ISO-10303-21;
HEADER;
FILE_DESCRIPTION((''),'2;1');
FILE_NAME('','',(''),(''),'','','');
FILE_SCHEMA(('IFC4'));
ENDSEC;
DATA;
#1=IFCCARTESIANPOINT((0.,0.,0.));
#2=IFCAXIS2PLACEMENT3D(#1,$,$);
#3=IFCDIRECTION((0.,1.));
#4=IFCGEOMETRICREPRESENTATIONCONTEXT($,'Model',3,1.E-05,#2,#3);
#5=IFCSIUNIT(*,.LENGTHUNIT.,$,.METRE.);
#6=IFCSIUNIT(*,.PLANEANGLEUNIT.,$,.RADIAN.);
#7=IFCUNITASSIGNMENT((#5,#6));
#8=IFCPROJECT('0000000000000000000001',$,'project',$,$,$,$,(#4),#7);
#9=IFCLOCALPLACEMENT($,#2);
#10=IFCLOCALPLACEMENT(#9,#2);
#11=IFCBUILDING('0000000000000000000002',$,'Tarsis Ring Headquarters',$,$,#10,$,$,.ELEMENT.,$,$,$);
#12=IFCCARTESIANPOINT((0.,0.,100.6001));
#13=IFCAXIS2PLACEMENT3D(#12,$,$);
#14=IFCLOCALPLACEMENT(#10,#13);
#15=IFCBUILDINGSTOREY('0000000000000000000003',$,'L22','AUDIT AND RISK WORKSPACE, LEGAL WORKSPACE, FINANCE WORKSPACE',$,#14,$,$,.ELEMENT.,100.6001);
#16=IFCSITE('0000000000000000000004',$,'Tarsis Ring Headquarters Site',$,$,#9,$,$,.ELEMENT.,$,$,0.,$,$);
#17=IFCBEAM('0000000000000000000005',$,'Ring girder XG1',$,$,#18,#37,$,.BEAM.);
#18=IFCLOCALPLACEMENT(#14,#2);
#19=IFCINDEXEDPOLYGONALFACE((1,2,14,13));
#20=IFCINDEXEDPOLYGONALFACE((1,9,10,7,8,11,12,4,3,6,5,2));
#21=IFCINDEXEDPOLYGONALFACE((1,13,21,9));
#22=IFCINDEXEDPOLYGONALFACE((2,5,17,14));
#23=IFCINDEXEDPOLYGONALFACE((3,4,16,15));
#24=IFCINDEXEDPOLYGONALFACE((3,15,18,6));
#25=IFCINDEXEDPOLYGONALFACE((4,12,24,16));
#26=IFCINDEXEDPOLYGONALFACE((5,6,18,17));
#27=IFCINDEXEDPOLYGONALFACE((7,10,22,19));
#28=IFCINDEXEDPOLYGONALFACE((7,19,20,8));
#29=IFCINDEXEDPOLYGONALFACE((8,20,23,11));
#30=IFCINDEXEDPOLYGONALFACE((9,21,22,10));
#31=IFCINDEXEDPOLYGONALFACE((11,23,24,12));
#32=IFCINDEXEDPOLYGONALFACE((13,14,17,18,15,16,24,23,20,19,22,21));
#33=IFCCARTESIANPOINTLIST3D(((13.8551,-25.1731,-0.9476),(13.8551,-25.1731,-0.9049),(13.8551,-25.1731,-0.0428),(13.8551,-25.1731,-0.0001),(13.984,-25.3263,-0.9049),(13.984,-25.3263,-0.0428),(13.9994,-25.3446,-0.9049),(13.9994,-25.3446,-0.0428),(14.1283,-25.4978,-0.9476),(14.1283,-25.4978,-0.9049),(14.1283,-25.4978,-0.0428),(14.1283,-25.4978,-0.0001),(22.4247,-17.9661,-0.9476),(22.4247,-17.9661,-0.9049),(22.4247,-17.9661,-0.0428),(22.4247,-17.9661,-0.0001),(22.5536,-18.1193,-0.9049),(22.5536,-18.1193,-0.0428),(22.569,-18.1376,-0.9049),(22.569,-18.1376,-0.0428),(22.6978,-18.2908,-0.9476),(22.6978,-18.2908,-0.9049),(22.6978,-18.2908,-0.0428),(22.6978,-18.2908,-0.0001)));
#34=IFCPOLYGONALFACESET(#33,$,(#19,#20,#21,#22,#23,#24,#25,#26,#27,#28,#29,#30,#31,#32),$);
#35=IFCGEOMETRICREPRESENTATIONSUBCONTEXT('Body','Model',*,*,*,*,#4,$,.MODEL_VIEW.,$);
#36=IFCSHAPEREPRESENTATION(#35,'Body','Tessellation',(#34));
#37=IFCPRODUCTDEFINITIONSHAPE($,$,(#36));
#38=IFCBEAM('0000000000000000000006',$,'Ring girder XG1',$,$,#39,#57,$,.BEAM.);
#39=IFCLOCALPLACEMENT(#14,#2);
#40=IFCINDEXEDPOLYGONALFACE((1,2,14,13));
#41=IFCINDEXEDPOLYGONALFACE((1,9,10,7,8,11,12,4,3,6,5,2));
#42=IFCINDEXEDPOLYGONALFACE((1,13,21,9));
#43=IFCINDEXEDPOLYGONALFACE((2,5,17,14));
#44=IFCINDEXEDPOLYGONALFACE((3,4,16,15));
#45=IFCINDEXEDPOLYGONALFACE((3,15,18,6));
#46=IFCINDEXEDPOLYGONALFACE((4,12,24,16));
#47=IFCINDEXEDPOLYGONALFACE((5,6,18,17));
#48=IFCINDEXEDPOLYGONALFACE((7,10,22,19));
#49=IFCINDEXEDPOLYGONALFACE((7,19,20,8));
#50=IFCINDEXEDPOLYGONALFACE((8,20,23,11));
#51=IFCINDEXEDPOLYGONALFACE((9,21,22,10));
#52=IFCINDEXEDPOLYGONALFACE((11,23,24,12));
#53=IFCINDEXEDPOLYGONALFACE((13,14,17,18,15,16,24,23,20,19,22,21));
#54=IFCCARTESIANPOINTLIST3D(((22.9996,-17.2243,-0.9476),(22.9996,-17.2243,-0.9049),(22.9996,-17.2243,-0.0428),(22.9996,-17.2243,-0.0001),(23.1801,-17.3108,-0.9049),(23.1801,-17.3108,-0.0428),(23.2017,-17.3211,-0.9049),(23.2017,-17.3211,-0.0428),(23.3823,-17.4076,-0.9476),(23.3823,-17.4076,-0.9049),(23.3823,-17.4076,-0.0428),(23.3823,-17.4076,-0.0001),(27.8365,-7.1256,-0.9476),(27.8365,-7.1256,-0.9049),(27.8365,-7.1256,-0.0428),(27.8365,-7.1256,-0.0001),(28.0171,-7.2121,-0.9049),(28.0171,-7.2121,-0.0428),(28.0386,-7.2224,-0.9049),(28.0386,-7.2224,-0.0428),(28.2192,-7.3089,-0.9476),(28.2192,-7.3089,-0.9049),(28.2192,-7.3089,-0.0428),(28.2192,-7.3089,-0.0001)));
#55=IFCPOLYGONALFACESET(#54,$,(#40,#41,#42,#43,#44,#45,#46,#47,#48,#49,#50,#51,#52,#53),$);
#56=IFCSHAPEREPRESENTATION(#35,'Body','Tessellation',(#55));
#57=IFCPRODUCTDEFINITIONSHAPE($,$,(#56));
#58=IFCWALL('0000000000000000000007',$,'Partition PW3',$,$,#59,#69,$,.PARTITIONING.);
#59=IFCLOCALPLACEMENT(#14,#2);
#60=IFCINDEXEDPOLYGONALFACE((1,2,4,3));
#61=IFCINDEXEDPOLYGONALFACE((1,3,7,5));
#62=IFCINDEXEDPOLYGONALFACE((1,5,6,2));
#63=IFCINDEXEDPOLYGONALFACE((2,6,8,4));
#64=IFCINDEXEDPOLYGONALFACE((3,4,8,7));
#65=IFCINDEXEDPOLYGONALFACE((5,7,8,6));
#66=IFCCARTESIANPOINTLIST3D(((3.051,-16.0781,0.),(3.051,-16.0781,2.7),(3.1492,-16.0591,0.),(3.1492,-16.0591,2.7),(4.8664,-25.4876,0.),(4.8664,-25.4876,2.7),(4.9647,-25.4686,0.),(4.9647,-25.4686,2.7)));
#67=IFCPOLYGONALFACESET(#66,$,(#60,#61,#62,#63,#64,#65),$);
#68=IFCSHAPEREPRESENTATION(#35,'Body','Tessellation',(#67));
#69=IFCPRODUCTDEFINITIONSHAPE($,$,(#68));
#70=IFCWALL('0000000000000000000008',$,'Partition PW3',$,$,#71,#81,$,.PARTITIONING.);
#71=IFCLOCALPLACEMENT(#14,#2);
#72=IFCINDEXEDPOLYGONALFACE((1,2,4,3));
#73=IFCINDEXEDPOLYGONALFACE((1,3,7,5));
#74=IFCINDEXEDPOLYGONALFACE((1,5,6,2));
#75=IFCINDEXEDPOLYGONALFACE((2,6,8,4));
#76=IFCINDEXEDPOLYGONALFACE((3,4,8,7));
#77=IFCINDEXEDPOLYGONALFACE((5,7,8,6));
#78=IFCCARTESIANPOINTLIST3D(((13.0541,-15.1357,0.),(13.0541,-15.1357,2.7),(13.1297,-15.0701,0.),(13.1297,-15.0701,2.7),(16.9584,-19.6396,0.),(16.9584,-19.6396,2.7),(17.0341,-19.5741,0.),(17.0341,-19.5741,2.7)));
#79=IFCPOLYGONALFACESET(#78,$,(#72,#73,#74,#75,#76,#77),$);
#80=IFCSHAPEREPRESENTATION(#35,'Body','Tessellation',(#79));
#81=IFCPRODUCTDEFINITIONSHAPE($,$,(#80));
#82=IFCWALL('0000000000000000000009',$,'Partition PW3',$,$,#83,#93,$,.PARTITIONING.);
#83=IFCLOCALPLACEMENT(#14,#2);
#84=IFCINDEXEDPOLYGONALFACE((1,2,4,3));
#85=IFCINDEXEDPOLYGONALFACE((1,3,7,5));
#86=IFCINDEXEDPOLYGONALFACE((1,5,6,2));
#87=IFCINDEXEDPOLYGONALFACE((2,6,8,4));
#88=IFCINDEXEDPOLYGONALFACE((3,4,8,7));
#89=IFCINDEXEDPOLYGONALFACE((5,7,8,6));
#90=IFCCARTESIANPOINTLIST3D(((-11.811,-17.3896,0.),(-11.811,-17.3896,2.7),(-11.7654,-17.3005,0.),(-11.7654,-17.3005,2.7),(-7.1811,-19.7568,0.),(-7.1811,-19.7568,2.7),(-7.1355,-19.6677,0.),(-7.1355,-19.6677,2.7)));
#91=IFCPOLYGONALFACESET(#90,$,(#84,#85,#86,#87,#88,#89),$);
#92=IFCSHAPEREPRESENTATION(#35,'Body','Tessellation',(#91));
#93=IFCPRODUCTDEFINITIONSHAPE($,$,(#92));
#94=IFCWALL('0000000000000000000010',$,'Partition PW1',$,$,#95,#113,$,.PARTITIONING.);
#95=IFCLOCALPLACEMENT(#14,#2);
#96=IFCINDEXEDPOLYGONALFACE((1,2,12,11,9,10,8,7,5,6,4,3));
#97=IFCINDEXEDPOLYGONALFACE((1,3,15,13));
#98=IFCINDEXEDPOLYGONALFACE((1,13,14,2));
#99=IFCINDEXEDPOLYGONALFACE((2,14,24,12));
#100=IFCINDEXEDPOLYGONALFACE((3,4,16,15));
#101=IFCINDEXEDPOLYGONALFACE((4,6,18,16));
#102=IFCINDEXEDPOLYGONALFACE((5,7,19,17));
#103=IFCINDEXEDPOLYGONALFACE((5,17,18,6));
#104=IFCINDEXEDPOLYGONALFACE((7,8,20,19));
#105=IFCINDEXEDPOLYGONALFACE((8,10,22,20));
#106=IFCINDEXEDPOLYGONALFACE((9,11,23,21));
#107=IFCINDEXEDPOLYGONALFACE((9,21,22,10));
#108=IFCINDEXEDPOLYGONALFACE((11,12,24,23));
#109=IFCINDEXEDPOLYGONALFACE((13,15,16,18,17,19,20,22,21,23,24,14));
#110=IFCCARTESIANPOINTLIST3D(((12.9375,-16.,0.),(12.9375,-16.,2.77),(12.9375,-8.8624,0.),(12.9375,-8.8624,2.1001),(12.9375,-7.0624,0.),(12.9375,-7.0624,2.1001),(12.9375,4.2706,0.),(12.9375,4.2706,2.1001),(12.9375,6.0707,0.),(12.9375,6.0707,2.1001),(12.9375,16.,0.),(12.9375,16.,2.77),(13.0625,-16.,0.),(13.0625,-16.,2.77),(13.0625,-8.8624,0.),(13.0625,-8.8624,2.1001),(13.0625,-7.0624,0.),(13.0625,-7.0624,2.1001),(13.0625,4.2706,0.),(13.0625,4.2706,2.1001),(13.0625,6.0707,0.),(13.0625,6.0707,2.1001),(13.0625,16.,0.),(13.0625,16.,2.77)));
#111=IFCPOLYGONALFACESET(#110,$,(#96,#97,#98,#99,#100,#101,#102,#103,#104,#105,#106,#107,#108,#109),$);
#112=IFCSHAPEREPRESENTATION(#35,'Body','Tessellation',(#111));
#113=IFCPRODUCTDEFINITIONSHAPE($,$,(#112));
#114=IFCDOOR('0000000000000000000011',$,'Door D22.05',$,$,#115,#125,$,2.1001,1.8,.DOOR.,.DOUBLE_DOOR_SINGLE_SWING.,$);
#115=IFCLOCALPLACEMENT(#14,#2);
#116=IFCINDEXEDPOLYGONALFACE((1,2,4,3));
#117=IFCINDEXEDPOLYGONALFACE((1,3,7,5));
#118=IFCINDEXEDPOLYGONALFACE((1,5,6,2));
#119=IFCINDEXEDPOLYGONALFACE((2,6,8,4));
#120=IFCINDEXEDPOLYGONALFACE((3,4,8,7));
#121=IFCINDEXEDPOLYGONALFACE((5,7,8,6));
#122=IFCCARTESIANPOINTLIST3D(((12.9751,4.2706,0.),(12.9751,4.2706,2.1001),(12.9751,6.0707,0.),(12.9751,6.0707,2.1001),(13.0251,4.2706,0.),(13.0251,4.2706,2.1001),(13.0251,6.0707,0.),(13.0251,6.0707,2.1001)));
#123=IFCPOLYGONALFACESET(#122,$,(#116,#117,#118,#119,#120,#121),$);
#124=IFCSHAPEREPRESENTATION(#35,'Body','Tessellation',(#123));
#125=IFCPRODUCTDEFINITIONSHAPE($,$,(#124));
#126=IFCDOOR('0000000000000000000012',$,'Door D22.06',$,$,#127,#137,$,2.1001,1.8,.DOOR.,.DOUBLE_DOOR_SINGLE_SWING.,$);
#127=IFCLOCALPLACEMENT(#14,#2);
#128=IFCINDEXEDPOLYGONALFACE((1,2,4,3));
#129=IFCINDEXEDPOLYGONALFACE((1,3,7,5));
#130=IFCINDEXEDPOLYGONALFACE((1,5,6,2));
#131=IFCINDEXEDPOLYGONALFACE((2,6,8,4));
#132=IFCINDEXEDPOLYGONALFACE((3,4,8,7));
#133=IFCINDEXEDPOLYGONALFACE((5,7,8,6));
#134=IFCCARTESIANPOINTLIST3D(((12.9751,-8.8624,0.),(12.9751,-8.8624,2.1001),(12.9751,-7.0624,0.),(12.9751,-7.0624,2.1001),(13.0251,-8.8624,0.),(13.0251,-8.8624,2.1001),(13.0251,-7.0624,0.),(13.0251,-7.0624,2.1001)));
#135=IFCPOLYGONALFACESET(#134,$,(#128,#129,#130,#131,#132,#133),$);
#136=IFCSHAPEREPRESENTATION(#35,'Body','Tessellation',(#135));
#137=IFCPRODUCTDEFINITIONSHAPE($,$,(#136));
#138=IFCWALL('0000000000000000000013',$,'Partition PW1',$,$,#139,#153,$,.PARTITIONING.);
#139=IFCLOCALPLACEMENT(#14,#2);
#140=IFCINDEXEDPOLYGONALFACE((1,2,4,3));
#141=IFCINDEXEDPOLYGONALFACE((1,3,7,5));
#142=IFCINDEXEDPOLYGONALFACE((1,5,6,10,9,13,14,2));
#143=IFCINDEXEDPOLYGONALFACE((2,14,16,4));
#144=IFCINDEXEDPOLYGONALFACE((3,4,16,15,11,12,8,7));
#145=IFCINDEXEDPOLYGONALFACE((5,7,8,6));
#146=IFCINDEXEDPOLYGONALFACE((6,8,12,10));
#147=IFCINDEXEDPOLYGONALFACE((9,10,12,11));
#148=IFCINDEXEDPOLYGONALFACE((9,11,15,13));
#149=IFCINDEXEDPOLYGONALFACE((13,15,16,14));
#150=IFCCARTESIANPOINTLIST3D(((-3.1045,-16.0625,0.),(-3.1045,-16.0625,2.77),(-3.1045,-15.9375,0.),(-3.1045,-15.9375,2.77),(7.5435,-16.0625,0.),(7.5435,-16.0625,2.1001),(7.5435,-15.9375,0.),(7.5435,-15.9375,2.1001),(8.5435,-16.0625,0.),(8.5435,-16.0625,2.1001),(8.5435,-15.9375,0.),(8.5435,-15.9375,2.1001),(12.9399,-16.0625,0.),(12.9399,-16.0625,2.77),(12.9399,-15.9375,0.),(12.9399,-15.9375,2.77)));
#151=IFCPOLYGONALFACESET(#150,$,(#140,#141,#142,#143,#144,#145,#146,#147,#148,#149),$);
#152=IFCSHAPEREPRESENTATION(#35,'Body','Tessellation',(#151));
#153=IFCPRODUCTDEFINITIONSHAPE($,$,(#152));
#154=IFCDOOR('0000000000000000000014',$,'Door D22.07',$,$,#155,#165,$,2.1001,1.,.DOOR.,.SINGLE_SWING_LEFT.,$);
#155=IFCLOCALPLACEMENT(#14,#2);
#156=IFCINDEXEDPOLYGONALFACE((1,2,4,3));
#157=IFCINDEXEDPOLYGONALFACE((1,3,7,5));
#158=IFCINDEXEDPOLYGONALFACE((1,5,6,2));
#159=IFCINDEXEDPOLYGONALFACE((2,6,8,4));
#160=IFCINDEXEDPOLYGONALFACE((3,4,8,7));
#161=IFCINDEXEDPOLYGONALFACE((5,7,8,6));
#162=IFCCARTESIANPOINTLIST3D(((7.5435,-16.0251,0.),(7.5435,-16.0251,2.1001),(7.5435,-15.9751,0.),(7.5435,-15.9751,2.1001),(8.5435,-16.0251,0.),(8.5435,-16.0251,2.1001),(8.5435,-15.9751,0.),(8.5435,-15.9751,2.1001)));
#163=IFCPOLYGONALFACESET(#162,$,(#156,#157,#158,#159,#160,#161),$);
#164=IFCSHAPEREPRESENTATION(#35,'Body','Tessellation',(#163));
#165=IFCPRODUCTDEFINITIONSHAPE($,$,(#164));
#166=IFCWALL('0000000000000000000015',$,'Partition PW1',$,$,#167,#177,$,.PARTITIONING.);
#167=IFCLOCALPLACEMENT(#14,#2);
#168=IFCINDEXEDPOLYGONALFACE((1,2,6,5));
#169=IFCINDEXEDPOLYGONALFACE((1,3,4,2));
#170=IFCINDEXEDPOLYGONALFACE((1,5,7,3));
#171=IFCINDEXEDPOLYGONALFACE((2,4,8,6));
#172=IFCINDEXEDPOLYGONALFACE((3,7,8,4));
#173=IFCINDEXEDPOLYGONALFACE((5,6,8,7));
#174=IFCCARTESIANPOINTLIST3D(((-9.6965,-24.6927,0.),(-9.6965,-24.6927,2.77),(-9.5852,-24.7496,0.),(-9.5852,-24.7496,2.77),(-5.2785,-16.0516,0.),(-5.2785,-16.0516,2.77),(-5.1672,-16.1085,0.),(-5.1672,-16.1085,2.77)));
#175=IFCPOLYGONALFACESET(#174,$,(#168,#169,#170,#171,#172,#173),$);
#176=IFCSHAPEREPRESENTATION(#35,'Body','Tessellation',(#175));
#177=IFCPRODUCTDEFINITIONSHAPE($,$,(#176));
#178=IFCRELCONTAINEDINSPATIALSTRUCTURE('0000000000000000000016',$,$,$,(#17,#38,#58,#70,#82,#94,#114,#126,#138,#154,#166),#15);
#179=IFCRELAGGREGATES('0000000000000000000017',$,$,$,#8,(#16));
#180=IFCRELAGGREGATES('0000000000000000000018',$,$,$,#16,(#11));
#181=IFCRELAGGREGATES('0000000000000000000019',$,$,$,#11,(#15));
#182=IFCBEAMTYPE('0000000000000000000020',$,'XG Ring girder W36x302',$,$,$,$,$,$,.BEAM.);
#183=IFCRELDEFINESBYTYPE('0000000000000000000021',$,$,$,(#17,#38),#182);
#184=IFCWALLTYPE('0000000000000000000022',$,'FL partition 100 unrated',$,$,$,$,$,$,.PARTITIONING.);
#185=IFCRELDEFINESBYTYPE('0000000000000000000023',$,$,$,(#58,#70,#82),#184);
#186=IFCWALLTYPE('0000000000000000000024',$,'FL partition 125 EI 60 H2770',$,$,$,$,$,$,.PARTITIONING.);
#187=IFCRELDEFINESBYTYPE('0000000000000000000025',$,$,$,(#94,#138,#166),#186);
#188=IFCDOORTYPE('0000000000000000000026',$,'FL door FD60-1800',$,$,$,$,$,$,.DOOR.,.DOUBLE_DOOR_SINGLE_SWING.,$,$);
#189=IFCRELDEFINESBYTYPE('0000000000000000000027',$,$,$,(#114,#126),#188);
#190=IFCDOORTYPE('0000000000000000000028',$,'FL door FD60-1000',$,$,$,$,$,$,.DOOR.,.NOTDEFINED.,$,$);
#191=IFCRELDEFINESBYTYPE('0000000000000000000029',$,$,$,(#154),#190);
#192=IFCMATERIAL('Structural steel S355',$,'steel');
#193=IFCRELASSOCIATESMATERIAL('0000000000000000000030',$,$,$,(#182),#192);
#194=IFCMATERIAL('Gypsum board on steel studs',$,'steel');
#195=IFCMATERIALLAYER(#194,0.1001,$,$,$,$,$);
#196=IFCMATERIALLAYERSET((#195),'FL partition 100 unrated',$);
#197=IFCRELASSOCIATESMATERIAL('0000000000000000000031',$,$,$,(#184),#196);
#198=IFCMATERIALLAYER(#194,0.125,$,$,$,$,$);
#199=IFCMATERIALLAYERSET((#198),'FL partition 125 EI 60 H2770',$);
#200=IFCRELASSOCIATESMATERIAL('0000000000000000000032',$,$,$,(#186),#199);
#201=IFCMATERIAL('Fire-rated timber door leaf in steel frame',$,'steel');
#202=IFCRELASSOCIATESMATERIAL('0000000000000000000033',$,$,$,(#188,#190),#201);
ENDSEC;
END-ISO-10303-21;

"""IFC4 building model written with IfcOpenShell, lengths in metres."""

from ifc_helpers import new_model, si_unit, direction, frame, frame_2d, origin, origin_2d, place, context, subcontext, project, spatial, rectangle, i_section, extrude, material, layer, layer_set, material_profile, profile_set, type_object, element, fill, save


model = new_model("IFC4")

# Units and contexts
model_context = context("Model", 3, precision=1e-05, world=origin(), true_north=direction((0.0, 1.0)))
body_context = subcontext(model_context, "Body", "Model", "MODEL_VIEW")
ifc_project = project(units=[si_unit("LENGTHUNIT", "METRE"), si_unit("PLANEANGLEUNIT", "RADIAN")], contexts=[model_context])

# Site, building, storey
site_placement = place(None, origin())
site = spatial("IfcSite", under=ifc_project, at=site_placement, Name="Tarsis Ring Headquarters Site", CompositionType="ELEMENT", RefElevation=0.0)
building_placement = place(site_placement, origin())
building = spatial("IfcBuilding", under=site, at=building_placement, Name="Tarsis Ring Headquarters", CompositionType="ELEMENT")
storey_placement = place(building_placement, frame((0.0, 0.0, 100.6001)))
storey = spatial("IfcBuildingStorey", under=building, at=storey_placement, Name="L22", Description="AUDIT AND RISK WORKSPACE, LEGAL WORKSPACE, FINANCE WORKSPACE", CompositionType="ELEMENT", Elevation=100.6001)

# Shared definitions
ifc_material_1 = material(Name="Structural steel S355", Category="steel")

# Beams
ifc_material_profile_1 = material_profile(ifc_material_1, i_section(OverallWidth=0.4243, OverallDepth=0.9475, WebThickness=0.0239, FlangeThickness=0.0427, at=origin_2d()), Name="W36x302")
ifc_profile_set_1 = profile_set([ifc_material_profile_1], Name="Structural steel S355")
beam_type = type_object("IfcBeamType", Name="XG Ring girder W36x302", PredefinedType="BEAM", material=ifc_profile_set_1)
for number, where, z_axis, x_axis, name in (
    (1, (13.9917, -25.3354, -0.4739), (0.765327, 0.643641, 0.0), (-0.643641, 0.765327, 0.0), "Ring girder XG1"),
    (2, (23.1909, -17.3159, -0.4739), (0.431974, 0.901886, 0.0), (-0.901886, 0.431974, 0.0), "Ring girder XG1"),
):
    element("IfcBeam", number, at=place(storey_placement, frame(where, z_axis=z_axis, x_axis=x_axis)), inside=storey, type_object=beam_type, Name=name, PredefinedType="BEAM", context=body_context, shape_type="SweptSolid", body=[
        extrude(i_section(OverallWidth=0.4243, OverallDepth=0.9475, WebThickness=0.0239, FlangeThickness=0.0427, at=origin_2d()), origin(), (0.0, 0.0, 1.0), 11.1973),
    ])

# Walls
ifc_material_2 = material(Name="Gypsum board on steel studs", Category="steel")
ifc_layer_1 = layer(ifc_material_2, 0.1001)
ifc_layer_set_1 = layer_set([ifc_layer_1], Name="FL partition 100 unrated")
wall_type_1 = type_object("IfcWallType", Name="FL partition 100 unrated", PredefinedType="PARTITIONING", material=ifc_layer_set_1)
wall_1_placement = place(storey_placement, frame((3.1001, -16.0686, 0.0), z_axis=(0.0, 0.0, 1.0), x_axis=(0.189444, -0.981892, 0.0)))
element("IfcWall", 3, at=wall_1_placement, inside=storey, type_object=wall_type_1, Name="Partition PW3", PredefinedType="PARTITIONING", context=body_context, shape_type="SweptSolid", body=[
    extrude(rectangle(XDim=9.583, YDim=0.1001, at=frame_2d((4.7915, 0.0))), origin(), (0.0, 0.0, 1.0), 2.7),
])
wall_2_placement = place(storey_placement, frame((13.0918, -15.1028, 0.0), z_axis=(0.0, 0.0, 1.0), x_axis=(0.655018, -0.755613, 0.0)))
element("IfcWall", 4, at=wall_2_placement, inside=storey, type_object=wall_type_1, Name="Partition PW3", PredefinedType="PARTITIONING", context=body_context, shape_type="SweptSolid", body=[
    extrude(rectangle(XDim=5.9607, YDim=0.1001, at=frame_2d((2.9805, 0.0))), origin(), (0.0, 0.0, 1.0), 2.7),
])
wall_3_placement = place(storey_placement, frame((-11.7883, -17.345, 0.0), z_axis=(0.0, 0.0, 1.0), x_axis=(0.890372, -0.455233, 0.0)))
element("IfcWall", 5, at=wall_3_placement, inside=storey, type_object=wall_type_1, Name="Partition PW3", PredefinedType="PARTITIONING", context=body_context, shape_type="SweptSolid", body=[
    extrude(rectangle(XDim=5.2, YDim=0.1001, at=frame_2d((2.6001, 0.0))), origin(), (0.0, 0.0, 1.0), 2.7),
])

# Wall, openings, doors
ifc_layer_2 = layer(ifc_material_2, 0.125)
ifc_layer_set_2 = layer_set([ifc_layer_2], Name="FL partition 125 EI 60 H2770")
wall_type_2 = type_object("IfcWallType", Name="FL partition 125 EI 60 H2770", PredefinedType="PARTITIONING", material=ifc_layer_set_2)
wall_4_placement = place(storey_placement, frame((13.0, -16.0, 0.0), z_axis=(0.0, 0.0, 1.0), x_axis=(0.0, 1.0, 0.0)))
wall_4 = element("IfcWall", 6, at=wall_4_placement, inside=storey, type_object=wall_type_2, Name="Partition PW1", PredefinedType="PARTITIONING", context=body_context, shape_type="SweptSolid", body=[
    extrude(rectangle(XDim=32.0, YDim=0.125, at=frame_2d((16.0, 0.0))), origin(), (0.0, 0.0, 1.0), 2.77),
])
opening_1_placement = place(wall_4_placement, frame((20.2708, 0.0, 0.0)))
opening_1 = element("IfcOpeningElement", 7, at=opening_1_placement, cuts=wall_4, PredefinedType="OPENING", context=body_context, shape_type="SweptSolid", body=[
    extrude(rectangle(XDim=1.8, YDim=2.1001, at=frame_2d((0.8999, 1.05))), frame((0.0, 0.0725, 0.0), z_axis=(0.0, -1.0, 0.0), x_axis=(1.0, 0.0, 0.0)), (0.0, 0.0, 1.0), 0.145),
])
opening_2_placement = place(wall_4_placement, frame((7.1377, 0.0, 0.0)))
opening_2 = element("IfcOpeningElement", 8, at=opening_2_placement, cuts=wall_4, PredefinedType="OPENING", context=body_context, shape_type="SweptSolid", body=[
    extrude(rectangle(XDim=1.8, YDim=2.1001, at=frame_2d((0.8999, 1.05))), frame((0.0, 0.0725, 0.0), z_axis=(0.0, -1.0, 0.0), x_axis=(1.0, 0.0, 0.0)), (0.0, 0.0, 1.0), 0.145),
])
ifc_material_3 = material(Name="Fire-rated timber door leaf in steel frame", Category="steel")
door_type_1 = type_object("IfcDoorType", Name="FL door FD60-1800", OperationType="DOUBLE_DOOR_SINGLE_SWING", PredefinedType="DOOR", material=ifc_material_3)
door_1_placement = place(opening_1_placement, origin())
door_1 = element("IfcDoor", 9, at=door_1_placement, inside=storey, type_object=door_type_1, Name="Door D22.05", OperationType="DOUBLE_DOOR_SINGLE_SWING", OverallHeight=2.1001, OverallWidth=1.8, PredefinedType="DOOR", context=body_context, shape_type="SweptSolid", body=[
    extrude(rectangle(XDim=1.8, YDim=2.1001, at=frame_2d((0.8999, 1.05))), frame((0.0, 0.0249, 0.0), z_axis=(0.0, -1.0, 0.0), x_axis=(1.0, 0.0, 0.0)), (0.0, 0.0, 1.0), 0.05),
])
fill(opening_1, door_1)
door_2_placement = place(opening_2_placement, origin())
door_2 = element("IfcDoor", 10, at=door_2_placement, inside=storey, type_object=door_type_1, Name="Door D22.06", OperationType="DOUBLE_DOOR_SINGLE_SWING", OverallHeight=2.1001, OverallWidth=1.8, PredefinedType="DOOR", context=body_context, shape_type="SweptSolid", body=[
    extrude(rectangle(XDim=1.8, YDim=2.1001, at=frame_2d((0.8999, 1.05))), frame((0.0, 0.0249, 0.0), z_axis=(0.0, -1.0, 0.0), x_axis=(1.0, 0.0, 0.0)), (0.0, 0.0, 1.0), 0.05),
])
fill(opening_2, door_2)

# Wall, opening, door
wall_5_placement = place(storey_placement, frame((-3.1045, -16.0, 0.0), z_axis=(0.0, 0.0, 1.0), x_axis=(1.0, 0.0, 0.0)))
wall_5 = element("IfcWall", 11, at=wall_5_placement, inside=storey, type_object=wall_type_2, Name="Partition PW1", PredefinedType="PARTITIONING", context=body_context, shape_type="SweptSolid", body=[
    extrude(rectangle(XDim=16.0444, YDim=0.125, at=frame_2d((8.0222, 0.0))), origin(), (0.0, 0.0, 1.0), 2.77),
])
opening_3_placement = place(wall_5_placement, frame((10.6479, 0.0, 0.0)))
opening_3 = element("IfcOpeningElement", 12, at=opening_3_placement, cuts=wall_5, PredefinedType="OPENING", context=body_context, shape_type="SweptSolid", body=[
    extrude(rectangle(XDim=1.0, YDim=2.1001, at=frame_2d((0.5, 1.05))), frame((0.0, 0.0725, 0.0), z_axis=(0.0, -1.0, 0.0), x_axis=(1.0, 0.0, 0.0)), (0.0, 0.0, 1.0), 0.145),
])
door_type_2 = type_object("IfcDoorType", Name="FL door FD60-1000", OperationType="NOTDEFINED", PredefinedType="DOOR", material=ifc_material_3)
door_3_placement = place(opening_3_placement, origin())
door_3 = element("IfcDoor", 13, at=door_3_placement, inside=storey, type_object=door_type_2, Name="Door D22.07", OperationType="SINGLE_SWING_LEFT", OverallHeight=2.1001, OverallWidth=1.0, PredefinedType="DOOR", context=body_context, shape_type="SweptSolid", body=[
    extrude(rectangle(XDim=1.0, YDim=2.1001, at=frame_2d((0.5, 1.05))), frame((0.0, 0.0249, 0.0), z_axis=(0.0, -1.0, 0.0), x_axis=(1.0, 0.0, 0.0)), (0.0, 0.0, 1.0), 0.05),
])
fill(opening_3, door_3)

# Wall
wall_6_placement = place(storey_placement, frame((-9.6409, -24.7212, 0.0), z_axis=(0.0, 0.0, 1.0), x_axis=(0.455225, 0.890376, 0.0)))
element("IfcWall", 14, at=wall_6_placement, inside=storey, type_object=wall_type_2, Name="Partition PW1", PredefinedType="PARTITIONING", context=body_context, shape_type="SweptSolid", body=[
    extrude(rectangle(XDim=9.7051, YDim=0.125, at=frame_2d((4.8525, 0.0))), origin(), (0.0, 0.0, 1.0), 2.77),
])

save(model, "model.ifc")
